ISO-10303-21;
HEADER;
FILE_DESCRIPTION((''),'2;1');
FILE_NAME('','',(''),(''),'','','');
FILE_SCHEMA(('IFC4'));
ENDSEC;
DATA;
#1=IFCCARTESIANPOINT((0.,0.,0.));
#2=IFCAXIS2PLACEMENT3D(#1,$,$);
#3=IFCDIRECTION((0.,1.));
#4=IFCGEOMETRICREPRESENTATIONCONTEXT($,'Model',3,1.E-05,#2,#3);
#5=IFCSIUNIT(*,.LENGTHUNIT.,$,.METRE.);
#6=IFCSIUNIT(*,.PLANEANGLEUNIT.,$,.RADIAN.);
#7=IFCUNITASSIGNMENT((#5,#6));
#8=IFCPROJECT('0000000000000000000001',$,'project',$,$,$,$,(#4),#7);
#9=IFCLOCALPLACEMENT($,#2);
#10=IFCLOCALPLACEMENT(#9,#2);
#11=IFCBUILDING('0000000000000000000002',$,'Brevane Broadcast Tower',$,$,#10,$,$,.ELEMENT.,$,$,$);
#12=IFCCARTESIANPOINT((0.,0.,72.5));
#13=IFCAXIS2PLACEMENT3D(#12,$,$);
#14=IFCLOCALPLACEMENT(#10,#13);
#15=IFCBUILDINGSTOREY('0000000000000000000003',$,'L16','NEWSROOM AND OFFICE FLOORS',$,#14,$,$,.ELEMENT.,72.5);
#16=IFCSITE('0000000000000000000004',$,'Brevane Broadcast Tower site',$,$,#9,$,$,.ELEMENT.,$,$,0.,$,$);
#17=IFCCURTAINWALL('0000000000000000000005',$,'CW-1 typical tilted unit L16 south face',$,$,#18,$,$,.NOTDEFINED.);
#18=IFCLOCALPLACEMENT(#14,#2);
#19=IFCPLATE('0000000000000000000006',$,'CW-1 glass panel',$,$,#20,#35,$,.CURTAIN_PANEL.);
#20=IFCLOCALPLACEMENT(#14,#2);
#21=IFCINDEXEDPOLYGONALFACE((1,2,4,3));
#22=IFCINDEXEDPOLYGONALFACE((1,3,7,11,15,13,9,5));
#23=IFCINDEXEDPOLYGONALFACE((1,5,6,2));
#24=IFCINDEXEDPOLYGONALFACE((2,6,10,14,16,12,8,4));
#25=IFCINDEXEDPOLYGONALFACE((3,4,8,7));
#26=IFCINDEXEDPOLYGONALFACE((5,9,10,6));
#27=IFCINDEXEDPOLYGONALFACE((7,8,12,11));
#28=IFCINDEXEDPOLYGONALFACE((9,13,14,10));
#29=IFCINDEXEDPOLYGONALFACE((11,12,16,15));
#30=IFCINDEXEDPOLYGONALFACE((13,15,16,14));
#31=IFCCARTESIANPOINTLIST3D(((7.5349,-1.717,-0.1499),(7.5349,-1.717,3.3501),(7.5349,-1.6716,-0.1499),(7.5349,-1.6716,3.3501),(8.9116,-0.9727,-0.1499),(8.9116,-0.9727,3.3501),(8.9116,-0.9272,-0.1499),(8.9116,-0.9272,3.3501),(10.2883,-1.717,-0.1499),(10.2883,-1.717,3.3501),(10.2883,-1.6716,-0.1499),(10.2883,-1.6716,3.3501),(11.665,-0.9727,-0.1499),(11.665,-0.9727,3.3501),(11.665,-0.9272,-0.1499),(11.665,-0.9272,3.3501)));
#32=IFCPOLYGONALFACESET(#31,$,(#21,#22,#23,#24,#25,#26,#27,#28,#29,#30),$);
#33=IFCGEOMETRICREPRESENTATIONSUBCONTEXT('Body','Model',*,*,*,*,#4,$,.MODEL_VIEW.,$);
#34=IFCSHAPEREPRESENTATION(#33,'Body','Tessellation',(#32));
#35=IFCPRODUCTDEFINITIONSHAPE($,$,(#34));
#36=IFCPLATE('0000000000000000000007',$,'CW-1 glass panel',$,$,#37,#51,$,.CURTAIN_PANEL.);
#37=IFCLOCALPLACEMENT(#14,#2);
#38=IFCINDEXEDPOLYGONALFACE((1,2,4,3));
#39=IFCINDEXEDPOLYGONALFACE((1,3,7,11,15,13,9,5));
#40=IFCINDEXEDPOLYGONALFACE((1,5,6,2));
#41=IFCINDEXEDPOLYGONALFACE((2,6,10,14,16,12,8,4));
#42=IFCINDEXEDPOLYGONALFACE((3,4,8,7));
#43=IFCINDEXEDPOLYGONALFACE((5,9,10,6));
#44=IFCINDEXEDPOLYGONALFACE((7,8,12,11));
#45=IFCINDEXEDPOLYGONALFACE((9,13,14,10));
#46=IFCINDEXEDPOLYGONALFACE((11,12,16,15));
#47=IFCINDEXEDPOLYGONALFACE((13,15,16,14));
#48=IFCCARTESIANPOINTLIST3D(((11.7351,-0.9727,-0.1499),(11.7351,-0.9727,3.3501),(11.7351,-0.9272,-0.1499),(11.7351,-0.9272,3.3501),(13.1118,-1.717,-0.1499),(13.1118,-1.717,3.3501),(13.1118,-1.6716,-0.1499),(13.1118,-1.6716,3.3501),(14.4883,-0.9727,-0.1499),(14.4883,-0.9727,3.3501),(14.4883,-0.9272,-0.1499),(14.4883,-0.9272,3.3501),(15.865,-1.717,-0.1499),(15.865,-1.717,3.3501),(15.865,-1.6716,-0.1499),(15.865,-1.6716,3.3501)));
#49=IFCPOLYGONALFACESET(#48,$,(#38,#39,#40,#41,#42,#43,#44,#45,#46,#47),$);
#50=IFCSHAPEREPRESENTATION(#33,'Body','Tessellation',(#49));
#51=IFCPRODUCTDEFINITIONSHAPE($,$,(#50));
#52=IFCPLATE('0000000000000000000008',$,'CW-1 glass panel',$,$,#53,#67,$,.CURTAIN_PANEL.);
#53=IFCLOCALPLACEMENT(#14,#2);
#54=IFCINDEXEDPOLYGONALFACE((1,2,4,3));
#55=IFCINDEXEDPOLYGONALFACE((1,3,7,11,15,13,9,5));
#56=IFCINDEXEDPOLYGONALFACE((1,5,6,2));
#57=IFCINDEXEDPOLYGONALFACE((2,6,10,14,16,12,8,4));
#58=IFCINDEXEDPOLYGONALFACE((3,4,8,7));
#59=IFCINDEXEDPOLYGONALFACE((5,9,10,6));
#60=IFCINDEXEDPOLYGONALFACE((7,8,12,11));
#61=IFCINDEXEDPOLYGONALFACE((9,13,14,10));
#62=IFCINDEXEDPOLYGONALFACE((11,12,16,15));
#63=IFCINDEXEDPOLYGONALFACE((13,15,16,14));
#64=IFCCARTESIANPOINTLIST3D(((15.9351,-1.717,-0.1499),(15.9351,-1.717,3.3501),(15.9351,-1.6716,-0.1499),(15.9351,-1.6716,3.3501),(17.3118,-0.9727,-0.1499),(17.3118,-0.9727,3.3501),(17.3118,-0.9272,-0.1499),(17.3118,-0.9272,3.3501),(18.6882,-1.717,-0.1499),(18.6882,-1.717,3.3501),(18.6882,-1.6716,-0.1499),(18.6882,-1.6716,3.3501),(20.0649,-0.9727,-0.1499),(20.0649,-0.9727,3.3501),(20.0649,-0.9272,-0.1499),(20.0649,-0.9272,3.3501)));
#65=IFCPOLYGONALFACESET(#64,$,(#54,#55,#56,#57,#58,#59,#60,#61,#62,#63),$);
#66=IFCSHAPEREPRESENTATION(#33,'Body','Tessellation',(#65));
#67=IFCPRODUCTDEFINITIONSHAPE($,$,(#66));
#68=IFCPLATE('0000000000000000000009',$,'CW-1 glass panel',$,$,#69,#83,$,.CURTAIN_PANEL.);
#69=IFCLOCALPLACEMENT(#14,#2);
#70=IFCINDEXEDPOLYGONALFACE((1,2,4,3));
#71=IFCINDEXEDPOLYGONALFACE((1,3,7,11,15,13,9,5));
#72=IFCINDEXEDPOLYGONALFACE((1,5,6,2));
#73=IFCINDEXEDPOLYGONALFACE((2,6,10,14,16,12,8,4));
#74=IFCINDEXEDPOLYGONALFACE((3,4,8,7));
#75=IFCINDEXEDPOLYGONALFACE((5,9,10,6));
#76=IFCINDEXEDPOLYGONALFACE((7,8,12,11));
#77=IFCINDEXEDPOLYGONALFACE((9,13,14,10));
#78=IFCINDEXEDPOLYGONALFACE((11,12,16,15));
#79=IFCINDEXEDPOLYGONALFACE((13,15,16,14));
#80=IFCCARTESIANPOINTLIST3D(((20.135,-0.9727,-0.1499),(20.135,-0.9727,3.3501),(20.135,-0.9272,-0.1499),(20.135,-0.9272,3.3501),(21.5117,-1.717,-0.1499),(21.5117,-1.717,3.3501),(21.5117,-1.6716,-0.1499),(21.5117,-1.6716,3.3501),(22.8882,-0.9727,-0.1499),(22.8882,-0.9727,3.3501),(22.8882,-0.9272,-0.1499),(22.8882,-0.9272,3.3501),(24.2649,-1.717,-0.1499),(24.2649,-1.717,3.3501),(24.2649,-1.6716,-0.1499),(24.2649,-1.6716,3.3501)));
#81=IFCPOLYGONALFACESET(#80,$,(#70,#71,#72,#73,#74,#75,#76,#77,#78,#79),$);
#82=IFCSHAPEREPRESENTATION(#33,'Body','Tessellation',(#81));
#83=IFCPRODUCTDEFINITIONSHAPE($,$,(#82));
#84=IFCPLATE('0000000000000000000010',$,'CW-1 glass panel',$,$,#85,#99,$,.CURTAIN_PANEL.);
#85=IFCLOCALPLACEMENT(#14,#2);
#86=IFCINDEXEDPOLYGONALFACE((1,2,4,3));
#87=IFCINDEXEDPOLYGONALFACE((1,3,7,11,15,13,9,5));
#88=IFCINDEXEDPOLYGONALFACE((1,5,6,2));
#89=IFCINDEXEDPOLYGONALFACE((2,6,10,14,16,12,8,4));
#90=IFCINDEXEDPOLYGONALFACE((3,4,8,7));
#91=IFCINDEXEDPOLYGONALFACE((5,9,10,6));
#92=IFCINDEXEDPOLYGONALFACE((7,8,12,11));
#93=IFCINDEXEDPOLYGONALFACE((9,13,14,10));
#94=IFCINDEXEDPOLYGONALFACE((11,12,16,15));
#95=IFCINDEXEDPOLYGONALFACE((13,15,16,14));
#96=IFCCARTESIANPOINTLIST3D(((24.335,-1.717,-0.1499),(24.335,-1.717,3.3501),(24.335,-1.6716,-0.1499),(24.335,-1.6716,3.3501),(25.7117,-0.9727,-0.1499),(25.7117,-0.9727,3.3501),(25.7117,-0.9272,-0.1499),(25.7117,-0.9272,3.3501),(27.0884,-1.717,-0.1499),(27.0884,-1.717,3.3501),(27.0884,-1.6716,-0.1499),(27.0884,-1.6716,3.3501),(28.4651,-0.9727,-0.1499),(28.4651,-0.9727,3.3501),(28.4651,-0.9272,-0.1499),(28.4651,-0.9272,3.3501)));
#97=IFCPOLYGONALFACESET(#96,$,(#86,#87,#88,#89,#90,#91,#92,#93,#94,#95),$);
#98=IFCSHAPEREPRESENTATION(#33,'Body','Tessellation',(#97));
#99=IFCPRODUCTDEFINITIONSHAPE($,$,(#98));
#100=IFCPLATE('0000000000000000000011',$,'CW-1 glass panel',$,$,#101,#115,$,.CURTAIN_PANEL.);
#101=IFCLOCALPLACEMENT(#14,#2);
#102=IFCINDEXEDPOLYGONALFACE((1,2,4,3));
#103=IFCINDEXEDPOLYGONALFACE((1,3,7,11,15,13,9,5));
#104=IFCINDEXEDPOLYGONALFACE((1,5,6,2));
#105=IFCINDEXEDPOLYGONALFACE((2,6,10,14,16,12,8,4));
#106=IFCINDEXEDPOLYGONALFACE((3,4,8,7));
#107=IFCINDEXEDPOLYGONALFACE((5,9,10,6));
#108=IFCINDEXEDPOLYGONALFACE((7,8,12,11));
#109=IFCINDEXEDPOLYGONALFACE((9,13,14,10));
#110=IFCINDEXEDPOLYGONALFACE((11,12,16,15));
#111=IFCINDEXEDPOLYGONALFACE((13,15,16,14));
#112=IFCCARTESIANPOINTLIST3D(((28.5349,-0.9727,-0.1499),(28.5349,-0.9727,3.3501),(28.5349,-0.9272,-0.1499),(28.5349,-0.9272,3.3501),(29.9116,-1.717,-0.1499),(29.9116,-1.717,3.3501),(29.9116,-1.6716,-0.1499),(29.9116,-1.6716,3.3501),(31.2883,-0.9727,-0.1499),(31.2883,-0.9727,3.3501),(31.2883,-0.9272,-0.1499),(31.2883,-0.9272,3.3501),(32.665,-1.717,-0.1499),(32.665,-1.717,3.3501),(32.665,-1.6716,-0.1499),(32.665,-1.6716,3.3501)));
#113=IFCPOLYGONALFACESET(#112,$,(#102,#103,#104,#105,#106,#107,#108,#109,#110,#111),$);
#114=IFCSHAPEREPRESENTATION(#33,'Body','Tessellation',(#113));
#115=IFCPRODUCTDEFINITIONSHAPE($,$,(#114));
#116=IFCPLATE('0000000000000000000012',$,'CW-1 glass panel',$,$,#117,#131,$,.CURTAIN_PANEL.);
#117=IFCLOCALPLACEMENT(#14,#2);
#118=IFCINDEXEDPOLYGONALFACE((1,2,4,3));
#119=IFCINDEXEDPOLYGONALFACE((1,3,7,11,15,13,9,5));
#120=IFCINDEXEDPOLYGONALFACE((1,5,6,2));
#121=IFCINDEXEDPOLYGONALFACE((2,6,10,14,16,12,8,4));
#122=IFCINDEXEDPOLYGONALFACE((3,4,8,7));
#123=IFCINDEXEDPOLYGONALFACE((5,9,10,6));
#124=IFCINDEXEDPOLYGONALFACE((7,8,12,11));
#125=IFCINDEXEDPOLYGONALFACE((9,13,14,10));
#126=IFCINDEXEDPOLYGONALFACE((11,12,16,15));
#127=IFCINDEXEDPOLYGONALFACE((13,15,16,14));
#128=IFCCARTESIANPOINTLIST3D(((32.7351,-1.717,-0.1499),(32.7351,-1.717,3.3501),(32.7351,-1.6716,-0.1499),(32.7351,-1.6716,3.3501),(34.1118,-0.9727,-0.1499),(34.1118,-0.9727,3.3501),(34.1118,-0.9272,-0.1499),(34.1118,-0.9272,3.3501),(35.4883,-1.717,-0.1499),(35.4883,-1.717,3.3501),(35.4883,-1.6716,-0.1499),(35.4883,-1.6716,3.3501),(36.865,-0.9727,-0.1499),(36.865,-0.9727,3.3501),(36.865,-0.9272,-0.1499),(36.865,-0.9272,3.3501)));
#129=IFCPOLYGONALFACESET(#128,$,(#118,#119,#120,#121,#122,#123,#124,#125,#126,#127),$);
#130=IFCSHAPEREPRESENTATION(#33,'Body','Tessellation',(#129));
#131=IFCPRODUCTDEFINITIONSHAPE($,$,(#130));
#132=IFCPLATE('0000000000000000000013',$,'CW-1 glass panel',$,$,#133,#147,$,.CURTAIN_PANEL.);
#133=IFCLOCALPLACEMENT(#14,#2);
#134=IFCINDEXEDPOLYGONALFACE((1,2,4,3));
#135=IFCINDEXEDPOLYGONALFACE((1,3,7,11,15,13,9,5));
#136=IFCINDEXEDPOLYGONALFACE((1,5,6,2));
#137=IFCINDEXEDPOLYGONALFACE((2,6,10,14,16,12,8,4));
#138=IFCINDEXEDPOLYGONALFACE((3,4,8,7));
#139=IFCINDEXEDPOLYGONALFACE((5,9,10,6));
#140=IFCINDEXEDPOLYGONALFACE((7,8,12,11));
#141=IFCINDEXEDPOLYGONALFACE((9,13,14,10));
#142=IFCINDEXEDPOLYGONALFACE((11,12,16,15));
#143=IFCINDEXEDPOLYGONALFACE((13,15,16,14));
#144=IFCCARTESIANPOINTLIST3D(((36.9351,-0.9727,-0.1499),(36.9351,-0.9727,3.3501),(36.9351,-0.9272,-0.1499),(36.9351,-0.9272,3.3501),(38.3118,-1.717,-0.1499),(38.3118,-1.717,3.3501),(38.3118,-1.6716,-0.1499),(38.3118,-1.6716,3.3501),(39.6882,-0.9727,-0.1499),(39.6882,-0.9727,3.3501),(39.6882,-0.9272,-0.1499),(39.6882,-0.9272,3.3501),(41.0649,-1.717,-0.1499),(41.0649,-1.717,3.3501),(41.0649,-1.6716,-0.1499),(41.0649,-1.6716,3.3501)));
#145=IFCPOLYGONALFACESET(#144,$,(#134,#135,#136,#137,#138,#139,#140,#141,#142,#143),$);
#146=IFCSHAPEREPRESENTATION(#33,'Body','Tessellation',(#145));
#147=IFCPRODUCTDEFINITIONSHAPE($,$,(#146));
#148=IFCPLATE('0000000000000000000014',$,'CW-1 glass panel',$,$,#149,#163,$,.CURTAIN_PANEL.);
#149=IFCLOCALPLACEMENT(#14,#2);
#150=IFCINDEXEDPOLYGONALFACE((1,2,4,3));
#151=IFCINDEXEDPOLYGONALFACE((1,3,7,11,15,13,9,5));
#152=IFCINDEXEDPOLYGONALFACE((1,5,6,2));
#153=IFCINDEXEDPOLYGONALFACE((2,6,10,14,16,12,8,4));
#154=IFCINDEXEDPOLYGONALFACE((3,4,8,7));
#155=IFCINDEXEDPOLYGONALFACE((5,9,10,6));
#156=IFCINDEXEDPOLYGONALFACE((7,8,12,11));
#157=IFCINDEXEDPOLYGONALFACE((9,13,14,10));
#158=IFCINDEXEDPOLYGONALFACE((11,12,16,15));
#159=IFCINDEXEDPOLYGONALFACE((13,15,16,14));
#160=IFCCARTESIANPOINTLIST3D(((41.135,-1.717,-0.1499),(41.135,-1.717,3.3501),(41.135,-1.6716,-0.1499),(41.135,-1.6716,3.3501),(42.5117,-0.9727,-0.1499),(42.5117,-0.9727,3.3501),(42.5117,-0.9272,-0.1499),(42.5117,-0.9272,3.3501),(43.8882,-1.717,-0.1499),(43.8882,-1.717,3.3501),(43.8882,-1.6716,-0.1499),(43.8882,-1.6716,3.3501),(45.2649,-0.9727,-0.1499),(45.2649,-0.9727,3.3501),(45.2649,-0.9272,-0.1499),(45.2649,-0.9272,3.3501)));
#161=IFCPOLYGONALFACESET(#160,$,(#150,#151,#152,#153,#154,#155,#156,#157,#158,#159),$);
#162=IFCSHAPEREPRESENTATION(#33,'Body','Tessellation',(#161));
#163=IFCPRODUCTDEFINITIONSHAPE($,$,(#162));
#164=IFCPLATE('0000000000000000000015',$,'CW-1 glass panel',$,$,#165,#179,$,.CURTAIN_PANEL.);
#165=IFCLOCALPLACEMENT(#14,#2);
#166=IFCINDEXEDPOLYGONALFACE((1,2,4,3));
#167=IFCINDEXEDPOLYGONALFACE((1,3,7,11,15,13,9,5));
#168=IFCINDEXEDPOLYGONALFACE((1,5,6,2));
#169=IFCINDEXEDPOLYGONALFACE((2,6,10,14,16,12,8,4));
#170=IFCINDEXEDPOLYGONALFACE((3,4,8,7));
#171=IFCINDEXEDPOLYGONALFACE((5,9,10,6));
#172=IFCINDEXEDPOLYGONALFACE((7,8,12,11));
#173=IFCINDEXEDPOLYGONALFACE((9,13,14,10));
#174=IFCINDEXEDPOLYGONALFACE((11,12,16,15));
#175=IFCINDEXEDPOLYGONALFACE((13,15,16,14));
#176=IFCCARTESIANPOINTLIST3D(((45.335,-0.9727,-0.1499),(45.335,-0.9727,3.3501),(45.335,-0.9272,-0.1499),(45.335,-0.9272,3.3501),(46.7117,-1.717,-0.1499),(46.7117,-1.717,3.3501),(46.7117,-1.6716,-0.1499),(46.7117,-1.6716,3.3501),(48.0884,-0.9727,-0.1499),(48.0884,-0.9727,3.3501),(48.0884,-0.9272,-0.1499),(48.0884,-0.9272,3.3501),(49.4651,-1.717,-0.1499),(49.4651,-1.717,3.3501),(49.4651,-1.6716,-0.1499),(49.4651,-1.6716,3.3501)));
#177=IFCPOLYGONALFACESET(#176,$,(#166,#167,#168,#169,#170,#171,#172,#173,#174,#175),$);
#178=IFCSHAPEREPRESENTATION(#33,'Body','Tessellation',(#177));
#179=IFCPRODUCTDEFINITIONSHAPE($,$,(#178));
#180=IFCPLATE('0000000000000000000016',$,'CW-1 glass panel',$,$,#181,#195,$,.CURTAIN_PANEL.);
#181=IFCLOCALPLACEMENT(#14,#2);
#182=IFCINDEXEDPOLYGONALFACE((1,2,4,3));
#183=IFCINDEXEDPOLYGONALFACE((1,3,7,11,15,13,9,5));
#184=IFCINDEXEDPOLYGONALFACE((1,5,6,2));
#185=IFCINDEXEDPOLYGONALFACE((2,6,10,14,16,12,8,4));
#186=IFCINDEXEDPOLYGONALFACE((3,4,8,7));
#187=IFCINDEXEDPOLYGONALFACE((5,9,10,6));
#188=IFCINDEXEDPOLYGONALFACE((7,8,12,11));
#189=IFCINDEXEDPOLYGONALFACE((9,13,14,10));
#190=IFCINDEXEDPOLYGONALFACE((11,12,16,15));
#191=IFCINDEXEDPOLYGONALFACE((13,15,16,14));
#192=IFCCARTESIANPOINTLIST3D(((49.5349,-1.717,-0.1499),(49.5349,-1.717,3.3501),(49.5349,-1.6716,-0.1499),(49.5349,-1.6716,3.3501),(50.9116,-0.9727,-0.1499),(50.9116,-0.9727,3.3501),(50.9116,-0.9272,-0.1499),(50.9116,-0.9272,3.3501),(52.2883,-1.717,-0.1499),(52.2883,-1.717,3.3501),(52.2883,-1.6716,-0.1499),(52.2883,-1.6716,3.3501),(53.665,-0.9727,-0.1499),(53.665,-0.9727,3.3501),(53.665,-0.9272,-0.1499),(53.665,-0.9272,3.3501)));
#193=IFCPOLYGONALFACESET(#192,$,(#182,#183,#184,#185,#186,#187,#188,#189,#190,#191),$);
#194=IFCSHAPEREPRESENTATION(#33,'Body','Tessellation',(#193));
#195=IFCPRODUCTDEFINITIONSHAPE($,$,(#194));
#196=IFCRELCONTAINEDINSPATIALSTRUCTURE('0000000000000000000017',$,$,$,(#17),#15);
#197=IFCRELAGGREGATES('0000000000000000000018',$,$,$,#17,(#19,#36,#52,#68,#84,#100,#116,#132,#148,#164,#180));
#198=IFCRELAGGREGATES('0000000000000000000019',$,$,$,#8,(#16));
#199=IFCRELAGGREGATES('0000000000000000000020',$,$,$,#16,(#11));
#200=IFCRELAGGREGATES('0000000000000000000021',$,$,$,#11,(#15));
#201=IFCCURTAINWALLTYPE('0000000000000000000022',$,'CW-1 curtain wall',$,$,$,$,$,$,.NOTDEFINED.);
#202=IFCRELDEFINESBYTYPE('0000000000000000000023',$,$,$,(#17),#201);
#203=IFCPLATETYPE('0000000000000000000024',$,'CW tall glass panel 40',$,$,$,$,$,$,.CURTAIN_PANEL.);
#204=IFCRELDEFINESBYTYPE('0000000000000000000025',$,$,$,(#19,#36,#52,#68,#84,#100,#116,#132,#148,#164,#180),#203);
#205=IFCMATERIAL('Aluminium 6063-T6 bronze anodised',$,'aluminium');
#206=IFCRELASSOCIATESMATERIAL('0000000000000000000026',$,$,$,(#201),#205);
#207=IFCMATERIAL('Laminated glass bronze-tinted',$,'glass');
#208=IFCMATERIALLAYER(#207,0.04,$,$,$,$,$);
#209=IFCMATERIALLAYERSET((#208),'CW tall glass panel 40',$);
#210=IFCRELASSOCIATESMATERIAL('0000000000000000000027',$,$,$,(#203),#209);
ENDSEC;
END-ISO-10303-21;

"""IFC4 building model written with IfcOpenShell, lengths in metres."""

from ifc_helpers import new_model, si_unit, direction, frame, origin, place, context, subcontext, project, spatial, polyline, outline, extrude, material, layer, layer_set, type_object, element, aggregate, save


model = new_model("IFC4")

# Units and contexts
model_context = context("Model", 3, precision=1e-05, world=origin(), true_north=direction((0.0, 1.0)))
body_context = subcontext(model_context, "Body", "Model", "MODEL_VIEW")
ifc_project = project(units=[si_unit("LENGTHUNIT", "METRE"), si_unit("PLANEANGLEUNIT", "RADIAN")], contexts=[model_context])

# Site, building, storey
site_placement = place(None, origin())
site = spatial("IfcSite", under=ifc_project, at=site_placement, Name="Brevane Broadcast Tower site", CompositionType="ELEMENT", RefElevation=0.0)
building_placement = place(site_placement, origin())
building = spatial("IfcBuilding", under=site, at=building_placement, Name="Brevane Broadcast Tower", CompositionType="ELEMENT")
storey_placement = place(building_placement, frame((0.0, 0.0, 72.5)))
storey = spatial("IfcBuildingStorey", under=building, at=storey_placement, Name="L16", Description="NEWSROOM AND OFFICE FLOORS", CompositionType="ELEMENT", Elevation=72.5)

# Curtain wall, plates
ifc_material_1 = material(Name="Aluminium 6063-T6 bronze anodised", Category="aluminium")
curtain_wall_type = type_object("IfcCurtainWallType", Name="CW-1 curtain wall", PredefinedType="NOTDEFINED", material=ifc_material_1)
curtain_wall_1_placement = place(storey_placement, origin())
curtain_wall_1 = element("IfcCurtainWall", 1, at=curtain_wall_1_placement, inside=storey, type_object=curtain_wall_type, Name="CW-1 typical tilted unit L16 south face", PredefinedType="NOTDEFINED")
ifc_material_2 = material(Name="Laminated glass bronze-tinted", Category="glass")
ifc_layer = layer(ifc_material_2, 0.04)
ifc_layer_set = layer_set([ifc_layer], Name="CW tall glass panel 40")
plate_type = type_object("IfcPlateType", Name="CW tall glass panel 40", PredefinedType="CURTAIN_PANEL", material=ifc_layer_set)
plate_1_placement = place(storey_placement, frame((0.0, 0.0, -0.1499)))
plate_1 = element("IfcPlate", 2, at=plate_1_placement, type_object=plate_type, Name="CW-1 glass panel", PredefinedType="CURTAIN_PANEL", context=body_context, shape_type="SweptSolid", body=[
    extrude(outline(polyline([(7.5349, -1.6716), (7.5349, -1.717), (8.9116, -0.9727), (10.2883, -1.717), (11.665, -0.9727), (11.665, -0.9272), (10.2883, -1.6716), (8.9116, -0.9272), (7.5349, -1.6716)])), origin(), (0.0, 0.0, 1.0), 3.5),
])
plate_2_placement = place(storey_placement, frame((0.0, 0.0, -0.1499)))
plate_2 = element("IfcPlate", 3, at=plate_2_placement, type_object=plate_type, Name="CW-1 glass panel", PredefinedType="CURTAIN_PANEL", context=body_context, shape_type="SweptSolid", body=[
    extrude(outline(polyline([(11.7351, -0.9272), (11.7351, -0.9727), (13.1118, -1.717), (14.4883, -0.9727), (15.865, -1.717), (15.865, -1.6716), (14.4883, -0.9272), (13.1118, -1.6716), (11.7351, -0.9272)])), origin(), (0.0, 0.0, 1.0), 3.5),
])
plate_3_placement = place(storey_placement, frame((0.0, 0.0, -0.1499)))
plate_3 = element("IfcPlate", 4, at=plate_3_placement, type_object=plate_type, Name="CW-1 glass panel", PredefinedType="CURTAIN_PANEL", context=body_context, shape_type="SweptSolid", body=[
    extrude(outline(polyline([(15.9351, -1.6716), (15.9351, -1.717), (17.3118, -0.9727), (18.6882, -1.717), (20.0649, -0.9727), (20.0649, -0.9272), (18.6882, -1.6716), (17.3118, -0.9272), (15.9351, -1.6716)])), origin(), (0.0, 0.0, 1.0), 3.5),
])
plate_4_placement = place(storey_placement, frame((0.0, 0.0, -0.1499)))
plate_4 = element("IfcPlate", 5, at=plate_4_placement, type_object=plate_type, Name="CW-1 glass panel", PredefinedType="CURTAIN_PANEL", context=body_context, shape_type="SweptSolid", body=[
    extrude(outline(polyline([(20.135, -0.9272), (20.135, -0.9727), (21.5117, -1.717), (22.8882, -0.9727), (24.2649, -1.717), (24.2649, -1.6716), (22.8882, -0.9272), (21.5117, -1.6716), (20.135, -0.9272)])), origin(), (0.0, 0.0, 1.0), 3.5),
])
plate_5_placement = place(storey_placement, frame((0.0, 0.0, -0.1499)))
plate_5 = element("IfcPlate", 6, at=plate_5_placement, type_object=plate_type, Name="CW-1 glass panel", PredefinedType="CURTAIN_PANEL", context=body_context, shape_type="SweptSolid", body=[
    extrude(outline(polyline([(24.335, -1.6716), (24.335, -1.717), (25.7117, -0.9727), (27.0884, -1.717), (28.4651, -0.9727), (28.4651, -0.9272), (27.0884, -1.6716), (25.7117, -0.9272), (24.335, -1.6716)])), origin(), (0.0, 0.0, 1.0), 3.5),
])
plate_6_placement = place(storey_placement, frame((0.0, 0.0, -0.1499)))
plate_6 = element("IfcPlate", 7, at=plate_6_placement, type_object=plate_type, Name="CW-1 glass panel", PredefinedType="CURTAIN_PANEL", context=body_context, shape_type="SweptSolid", body=[
    extrude(outline(polyline([(28.5349, -0.9272), (28.5349, -0.9727), (29.9116, -1.717), (31.2883, -0.9727), (32.665, -1.717), (32.665, -1.6716), (31.2883, -0.9272), (29.9116, -1.6716), (28.5349, -0.9272)])), origin(), (0.0, 0.0, 1.0), 3.5),
])
plate_7_placement = place(storey_placement, frame((0.0, 0.0, -0.1499)))
plate_7 = element("IfcPlate", 8, at=plate_7_placement, type_object=plate_type, Name="CW-1 glass panel", PredefinedType="CURTAIN_PANEL", context=body_context, shape_type="SweptSolid", body=[
    extrude(outline(polyline([(32.7351, -1.6716), (32.7351, -1.717), (34.1118, -0.9727), (35.4883, -1.717), (36.865, -0.9727), (36.865, -0.9272), (35.4883, -1.6716), (34.1118, -0.9272), (32.7351, -1.6716)])), origin(), (0.0, 0.0, 1.0), 3.5),
])
plate_8_placement = place(storey_placement, frame((0.0, 0.0, -0.1499)))
plate_8 = element("IfcPlate", 9, at=plate_8_placement, type_object=plate_type, Name="CW-1 glass panel", PredefinedType="CURTAIN_PANEL", context=body_context, shape_type="SweptSolid", body=[
    extrude(outline(polyline([(36.9351, -0.9272), (36.9351, -0.9727), (38.3118, -1.717), (39.6882, -0.9727), (41.0649, -1.717), (41.0649, -1.6716), (39.6882, -0.9272), (38.3118, -1.6716), (36.9351, -0.9272)])), origin(), (0.0, 0.0, 1.0), 3.5),
])
plate_9_placement = place(storey_placement, frame((0.0, 0.0, -0.1499)))
plate_9 = element("IfcPlate", 10, at=plate_9_placement, type_object=plate_type, Name="CW-1 glass panel", PredefinedType="CURTAIN_PANEL", context=body_context, shape_type="SweptSolid", body=[
    extrude(outline(polyline([(41.135, -1.6716), (41.135, -1.717), (42.5117, -0.9727), (43.8882, -1.717), (45.2649, -0.9727), (45.2649, -0.9272), (43.8882, -1.6716), (42.5117, -0.9272), (41.135, -1.6716)])), origin(), (0.0, 0.0, 1.0), 3.5),
])
plate_10_placement = place(storey_placement, frame((0.0, 0.0, -0.1499)))
plate_10 = element("IfcPlate", 11, at=plate_10_placement, type_object=plate_type, Name="CW-1 glass panel", PredefinedType="CURTAIN_PANEL", context=body_context, shape_type="SweptSolid", body=[
    extrude(outline(polyline([(45.335, -0.9272), (45.335, -0.9727), (46.7117, -1.717), (48.0884, -0.9727), (49.4651, -1.717), (49.4651, -1.6716), (48.0884, -0.9272), (46.7117, -1.6716), (45.335, -0.9272)])), origin(), (0.0, 0.0, 1.0), 3.5),
])
plate_11_placement = place(storey_placement, frame((0.0, 0.0, -0.1499)))
plate_11 = element("IfcPlate", 12, at=plate_11_placement, type_object=plate_type, Name="CW-1 glass panel", PredefinedType="CURTAIN_PANEL", context=body_context, shape_type="SweptSolid", body=[
    extrude(outline(polyline([(49.5349, -1.6716), (49.5349, -1.717), (50.9116, -0.9727), (52.2883, -1.717), (53.665, -0.9727), (53.665, -0.9272), (52.2883, -1.6716), (50.9116, -0.9272), (49.5349, -1.6716)])), origin(), (0.0, 0.0, 1.0), 3.5),
])
aggregate(curtain_wall_1, [plate_1, plate_2, plate_3, plate_4, plate_5, plate_6, plate_7, plate_8, plate_9, plate_10, plate_11])

save(model, "model.ifc")
